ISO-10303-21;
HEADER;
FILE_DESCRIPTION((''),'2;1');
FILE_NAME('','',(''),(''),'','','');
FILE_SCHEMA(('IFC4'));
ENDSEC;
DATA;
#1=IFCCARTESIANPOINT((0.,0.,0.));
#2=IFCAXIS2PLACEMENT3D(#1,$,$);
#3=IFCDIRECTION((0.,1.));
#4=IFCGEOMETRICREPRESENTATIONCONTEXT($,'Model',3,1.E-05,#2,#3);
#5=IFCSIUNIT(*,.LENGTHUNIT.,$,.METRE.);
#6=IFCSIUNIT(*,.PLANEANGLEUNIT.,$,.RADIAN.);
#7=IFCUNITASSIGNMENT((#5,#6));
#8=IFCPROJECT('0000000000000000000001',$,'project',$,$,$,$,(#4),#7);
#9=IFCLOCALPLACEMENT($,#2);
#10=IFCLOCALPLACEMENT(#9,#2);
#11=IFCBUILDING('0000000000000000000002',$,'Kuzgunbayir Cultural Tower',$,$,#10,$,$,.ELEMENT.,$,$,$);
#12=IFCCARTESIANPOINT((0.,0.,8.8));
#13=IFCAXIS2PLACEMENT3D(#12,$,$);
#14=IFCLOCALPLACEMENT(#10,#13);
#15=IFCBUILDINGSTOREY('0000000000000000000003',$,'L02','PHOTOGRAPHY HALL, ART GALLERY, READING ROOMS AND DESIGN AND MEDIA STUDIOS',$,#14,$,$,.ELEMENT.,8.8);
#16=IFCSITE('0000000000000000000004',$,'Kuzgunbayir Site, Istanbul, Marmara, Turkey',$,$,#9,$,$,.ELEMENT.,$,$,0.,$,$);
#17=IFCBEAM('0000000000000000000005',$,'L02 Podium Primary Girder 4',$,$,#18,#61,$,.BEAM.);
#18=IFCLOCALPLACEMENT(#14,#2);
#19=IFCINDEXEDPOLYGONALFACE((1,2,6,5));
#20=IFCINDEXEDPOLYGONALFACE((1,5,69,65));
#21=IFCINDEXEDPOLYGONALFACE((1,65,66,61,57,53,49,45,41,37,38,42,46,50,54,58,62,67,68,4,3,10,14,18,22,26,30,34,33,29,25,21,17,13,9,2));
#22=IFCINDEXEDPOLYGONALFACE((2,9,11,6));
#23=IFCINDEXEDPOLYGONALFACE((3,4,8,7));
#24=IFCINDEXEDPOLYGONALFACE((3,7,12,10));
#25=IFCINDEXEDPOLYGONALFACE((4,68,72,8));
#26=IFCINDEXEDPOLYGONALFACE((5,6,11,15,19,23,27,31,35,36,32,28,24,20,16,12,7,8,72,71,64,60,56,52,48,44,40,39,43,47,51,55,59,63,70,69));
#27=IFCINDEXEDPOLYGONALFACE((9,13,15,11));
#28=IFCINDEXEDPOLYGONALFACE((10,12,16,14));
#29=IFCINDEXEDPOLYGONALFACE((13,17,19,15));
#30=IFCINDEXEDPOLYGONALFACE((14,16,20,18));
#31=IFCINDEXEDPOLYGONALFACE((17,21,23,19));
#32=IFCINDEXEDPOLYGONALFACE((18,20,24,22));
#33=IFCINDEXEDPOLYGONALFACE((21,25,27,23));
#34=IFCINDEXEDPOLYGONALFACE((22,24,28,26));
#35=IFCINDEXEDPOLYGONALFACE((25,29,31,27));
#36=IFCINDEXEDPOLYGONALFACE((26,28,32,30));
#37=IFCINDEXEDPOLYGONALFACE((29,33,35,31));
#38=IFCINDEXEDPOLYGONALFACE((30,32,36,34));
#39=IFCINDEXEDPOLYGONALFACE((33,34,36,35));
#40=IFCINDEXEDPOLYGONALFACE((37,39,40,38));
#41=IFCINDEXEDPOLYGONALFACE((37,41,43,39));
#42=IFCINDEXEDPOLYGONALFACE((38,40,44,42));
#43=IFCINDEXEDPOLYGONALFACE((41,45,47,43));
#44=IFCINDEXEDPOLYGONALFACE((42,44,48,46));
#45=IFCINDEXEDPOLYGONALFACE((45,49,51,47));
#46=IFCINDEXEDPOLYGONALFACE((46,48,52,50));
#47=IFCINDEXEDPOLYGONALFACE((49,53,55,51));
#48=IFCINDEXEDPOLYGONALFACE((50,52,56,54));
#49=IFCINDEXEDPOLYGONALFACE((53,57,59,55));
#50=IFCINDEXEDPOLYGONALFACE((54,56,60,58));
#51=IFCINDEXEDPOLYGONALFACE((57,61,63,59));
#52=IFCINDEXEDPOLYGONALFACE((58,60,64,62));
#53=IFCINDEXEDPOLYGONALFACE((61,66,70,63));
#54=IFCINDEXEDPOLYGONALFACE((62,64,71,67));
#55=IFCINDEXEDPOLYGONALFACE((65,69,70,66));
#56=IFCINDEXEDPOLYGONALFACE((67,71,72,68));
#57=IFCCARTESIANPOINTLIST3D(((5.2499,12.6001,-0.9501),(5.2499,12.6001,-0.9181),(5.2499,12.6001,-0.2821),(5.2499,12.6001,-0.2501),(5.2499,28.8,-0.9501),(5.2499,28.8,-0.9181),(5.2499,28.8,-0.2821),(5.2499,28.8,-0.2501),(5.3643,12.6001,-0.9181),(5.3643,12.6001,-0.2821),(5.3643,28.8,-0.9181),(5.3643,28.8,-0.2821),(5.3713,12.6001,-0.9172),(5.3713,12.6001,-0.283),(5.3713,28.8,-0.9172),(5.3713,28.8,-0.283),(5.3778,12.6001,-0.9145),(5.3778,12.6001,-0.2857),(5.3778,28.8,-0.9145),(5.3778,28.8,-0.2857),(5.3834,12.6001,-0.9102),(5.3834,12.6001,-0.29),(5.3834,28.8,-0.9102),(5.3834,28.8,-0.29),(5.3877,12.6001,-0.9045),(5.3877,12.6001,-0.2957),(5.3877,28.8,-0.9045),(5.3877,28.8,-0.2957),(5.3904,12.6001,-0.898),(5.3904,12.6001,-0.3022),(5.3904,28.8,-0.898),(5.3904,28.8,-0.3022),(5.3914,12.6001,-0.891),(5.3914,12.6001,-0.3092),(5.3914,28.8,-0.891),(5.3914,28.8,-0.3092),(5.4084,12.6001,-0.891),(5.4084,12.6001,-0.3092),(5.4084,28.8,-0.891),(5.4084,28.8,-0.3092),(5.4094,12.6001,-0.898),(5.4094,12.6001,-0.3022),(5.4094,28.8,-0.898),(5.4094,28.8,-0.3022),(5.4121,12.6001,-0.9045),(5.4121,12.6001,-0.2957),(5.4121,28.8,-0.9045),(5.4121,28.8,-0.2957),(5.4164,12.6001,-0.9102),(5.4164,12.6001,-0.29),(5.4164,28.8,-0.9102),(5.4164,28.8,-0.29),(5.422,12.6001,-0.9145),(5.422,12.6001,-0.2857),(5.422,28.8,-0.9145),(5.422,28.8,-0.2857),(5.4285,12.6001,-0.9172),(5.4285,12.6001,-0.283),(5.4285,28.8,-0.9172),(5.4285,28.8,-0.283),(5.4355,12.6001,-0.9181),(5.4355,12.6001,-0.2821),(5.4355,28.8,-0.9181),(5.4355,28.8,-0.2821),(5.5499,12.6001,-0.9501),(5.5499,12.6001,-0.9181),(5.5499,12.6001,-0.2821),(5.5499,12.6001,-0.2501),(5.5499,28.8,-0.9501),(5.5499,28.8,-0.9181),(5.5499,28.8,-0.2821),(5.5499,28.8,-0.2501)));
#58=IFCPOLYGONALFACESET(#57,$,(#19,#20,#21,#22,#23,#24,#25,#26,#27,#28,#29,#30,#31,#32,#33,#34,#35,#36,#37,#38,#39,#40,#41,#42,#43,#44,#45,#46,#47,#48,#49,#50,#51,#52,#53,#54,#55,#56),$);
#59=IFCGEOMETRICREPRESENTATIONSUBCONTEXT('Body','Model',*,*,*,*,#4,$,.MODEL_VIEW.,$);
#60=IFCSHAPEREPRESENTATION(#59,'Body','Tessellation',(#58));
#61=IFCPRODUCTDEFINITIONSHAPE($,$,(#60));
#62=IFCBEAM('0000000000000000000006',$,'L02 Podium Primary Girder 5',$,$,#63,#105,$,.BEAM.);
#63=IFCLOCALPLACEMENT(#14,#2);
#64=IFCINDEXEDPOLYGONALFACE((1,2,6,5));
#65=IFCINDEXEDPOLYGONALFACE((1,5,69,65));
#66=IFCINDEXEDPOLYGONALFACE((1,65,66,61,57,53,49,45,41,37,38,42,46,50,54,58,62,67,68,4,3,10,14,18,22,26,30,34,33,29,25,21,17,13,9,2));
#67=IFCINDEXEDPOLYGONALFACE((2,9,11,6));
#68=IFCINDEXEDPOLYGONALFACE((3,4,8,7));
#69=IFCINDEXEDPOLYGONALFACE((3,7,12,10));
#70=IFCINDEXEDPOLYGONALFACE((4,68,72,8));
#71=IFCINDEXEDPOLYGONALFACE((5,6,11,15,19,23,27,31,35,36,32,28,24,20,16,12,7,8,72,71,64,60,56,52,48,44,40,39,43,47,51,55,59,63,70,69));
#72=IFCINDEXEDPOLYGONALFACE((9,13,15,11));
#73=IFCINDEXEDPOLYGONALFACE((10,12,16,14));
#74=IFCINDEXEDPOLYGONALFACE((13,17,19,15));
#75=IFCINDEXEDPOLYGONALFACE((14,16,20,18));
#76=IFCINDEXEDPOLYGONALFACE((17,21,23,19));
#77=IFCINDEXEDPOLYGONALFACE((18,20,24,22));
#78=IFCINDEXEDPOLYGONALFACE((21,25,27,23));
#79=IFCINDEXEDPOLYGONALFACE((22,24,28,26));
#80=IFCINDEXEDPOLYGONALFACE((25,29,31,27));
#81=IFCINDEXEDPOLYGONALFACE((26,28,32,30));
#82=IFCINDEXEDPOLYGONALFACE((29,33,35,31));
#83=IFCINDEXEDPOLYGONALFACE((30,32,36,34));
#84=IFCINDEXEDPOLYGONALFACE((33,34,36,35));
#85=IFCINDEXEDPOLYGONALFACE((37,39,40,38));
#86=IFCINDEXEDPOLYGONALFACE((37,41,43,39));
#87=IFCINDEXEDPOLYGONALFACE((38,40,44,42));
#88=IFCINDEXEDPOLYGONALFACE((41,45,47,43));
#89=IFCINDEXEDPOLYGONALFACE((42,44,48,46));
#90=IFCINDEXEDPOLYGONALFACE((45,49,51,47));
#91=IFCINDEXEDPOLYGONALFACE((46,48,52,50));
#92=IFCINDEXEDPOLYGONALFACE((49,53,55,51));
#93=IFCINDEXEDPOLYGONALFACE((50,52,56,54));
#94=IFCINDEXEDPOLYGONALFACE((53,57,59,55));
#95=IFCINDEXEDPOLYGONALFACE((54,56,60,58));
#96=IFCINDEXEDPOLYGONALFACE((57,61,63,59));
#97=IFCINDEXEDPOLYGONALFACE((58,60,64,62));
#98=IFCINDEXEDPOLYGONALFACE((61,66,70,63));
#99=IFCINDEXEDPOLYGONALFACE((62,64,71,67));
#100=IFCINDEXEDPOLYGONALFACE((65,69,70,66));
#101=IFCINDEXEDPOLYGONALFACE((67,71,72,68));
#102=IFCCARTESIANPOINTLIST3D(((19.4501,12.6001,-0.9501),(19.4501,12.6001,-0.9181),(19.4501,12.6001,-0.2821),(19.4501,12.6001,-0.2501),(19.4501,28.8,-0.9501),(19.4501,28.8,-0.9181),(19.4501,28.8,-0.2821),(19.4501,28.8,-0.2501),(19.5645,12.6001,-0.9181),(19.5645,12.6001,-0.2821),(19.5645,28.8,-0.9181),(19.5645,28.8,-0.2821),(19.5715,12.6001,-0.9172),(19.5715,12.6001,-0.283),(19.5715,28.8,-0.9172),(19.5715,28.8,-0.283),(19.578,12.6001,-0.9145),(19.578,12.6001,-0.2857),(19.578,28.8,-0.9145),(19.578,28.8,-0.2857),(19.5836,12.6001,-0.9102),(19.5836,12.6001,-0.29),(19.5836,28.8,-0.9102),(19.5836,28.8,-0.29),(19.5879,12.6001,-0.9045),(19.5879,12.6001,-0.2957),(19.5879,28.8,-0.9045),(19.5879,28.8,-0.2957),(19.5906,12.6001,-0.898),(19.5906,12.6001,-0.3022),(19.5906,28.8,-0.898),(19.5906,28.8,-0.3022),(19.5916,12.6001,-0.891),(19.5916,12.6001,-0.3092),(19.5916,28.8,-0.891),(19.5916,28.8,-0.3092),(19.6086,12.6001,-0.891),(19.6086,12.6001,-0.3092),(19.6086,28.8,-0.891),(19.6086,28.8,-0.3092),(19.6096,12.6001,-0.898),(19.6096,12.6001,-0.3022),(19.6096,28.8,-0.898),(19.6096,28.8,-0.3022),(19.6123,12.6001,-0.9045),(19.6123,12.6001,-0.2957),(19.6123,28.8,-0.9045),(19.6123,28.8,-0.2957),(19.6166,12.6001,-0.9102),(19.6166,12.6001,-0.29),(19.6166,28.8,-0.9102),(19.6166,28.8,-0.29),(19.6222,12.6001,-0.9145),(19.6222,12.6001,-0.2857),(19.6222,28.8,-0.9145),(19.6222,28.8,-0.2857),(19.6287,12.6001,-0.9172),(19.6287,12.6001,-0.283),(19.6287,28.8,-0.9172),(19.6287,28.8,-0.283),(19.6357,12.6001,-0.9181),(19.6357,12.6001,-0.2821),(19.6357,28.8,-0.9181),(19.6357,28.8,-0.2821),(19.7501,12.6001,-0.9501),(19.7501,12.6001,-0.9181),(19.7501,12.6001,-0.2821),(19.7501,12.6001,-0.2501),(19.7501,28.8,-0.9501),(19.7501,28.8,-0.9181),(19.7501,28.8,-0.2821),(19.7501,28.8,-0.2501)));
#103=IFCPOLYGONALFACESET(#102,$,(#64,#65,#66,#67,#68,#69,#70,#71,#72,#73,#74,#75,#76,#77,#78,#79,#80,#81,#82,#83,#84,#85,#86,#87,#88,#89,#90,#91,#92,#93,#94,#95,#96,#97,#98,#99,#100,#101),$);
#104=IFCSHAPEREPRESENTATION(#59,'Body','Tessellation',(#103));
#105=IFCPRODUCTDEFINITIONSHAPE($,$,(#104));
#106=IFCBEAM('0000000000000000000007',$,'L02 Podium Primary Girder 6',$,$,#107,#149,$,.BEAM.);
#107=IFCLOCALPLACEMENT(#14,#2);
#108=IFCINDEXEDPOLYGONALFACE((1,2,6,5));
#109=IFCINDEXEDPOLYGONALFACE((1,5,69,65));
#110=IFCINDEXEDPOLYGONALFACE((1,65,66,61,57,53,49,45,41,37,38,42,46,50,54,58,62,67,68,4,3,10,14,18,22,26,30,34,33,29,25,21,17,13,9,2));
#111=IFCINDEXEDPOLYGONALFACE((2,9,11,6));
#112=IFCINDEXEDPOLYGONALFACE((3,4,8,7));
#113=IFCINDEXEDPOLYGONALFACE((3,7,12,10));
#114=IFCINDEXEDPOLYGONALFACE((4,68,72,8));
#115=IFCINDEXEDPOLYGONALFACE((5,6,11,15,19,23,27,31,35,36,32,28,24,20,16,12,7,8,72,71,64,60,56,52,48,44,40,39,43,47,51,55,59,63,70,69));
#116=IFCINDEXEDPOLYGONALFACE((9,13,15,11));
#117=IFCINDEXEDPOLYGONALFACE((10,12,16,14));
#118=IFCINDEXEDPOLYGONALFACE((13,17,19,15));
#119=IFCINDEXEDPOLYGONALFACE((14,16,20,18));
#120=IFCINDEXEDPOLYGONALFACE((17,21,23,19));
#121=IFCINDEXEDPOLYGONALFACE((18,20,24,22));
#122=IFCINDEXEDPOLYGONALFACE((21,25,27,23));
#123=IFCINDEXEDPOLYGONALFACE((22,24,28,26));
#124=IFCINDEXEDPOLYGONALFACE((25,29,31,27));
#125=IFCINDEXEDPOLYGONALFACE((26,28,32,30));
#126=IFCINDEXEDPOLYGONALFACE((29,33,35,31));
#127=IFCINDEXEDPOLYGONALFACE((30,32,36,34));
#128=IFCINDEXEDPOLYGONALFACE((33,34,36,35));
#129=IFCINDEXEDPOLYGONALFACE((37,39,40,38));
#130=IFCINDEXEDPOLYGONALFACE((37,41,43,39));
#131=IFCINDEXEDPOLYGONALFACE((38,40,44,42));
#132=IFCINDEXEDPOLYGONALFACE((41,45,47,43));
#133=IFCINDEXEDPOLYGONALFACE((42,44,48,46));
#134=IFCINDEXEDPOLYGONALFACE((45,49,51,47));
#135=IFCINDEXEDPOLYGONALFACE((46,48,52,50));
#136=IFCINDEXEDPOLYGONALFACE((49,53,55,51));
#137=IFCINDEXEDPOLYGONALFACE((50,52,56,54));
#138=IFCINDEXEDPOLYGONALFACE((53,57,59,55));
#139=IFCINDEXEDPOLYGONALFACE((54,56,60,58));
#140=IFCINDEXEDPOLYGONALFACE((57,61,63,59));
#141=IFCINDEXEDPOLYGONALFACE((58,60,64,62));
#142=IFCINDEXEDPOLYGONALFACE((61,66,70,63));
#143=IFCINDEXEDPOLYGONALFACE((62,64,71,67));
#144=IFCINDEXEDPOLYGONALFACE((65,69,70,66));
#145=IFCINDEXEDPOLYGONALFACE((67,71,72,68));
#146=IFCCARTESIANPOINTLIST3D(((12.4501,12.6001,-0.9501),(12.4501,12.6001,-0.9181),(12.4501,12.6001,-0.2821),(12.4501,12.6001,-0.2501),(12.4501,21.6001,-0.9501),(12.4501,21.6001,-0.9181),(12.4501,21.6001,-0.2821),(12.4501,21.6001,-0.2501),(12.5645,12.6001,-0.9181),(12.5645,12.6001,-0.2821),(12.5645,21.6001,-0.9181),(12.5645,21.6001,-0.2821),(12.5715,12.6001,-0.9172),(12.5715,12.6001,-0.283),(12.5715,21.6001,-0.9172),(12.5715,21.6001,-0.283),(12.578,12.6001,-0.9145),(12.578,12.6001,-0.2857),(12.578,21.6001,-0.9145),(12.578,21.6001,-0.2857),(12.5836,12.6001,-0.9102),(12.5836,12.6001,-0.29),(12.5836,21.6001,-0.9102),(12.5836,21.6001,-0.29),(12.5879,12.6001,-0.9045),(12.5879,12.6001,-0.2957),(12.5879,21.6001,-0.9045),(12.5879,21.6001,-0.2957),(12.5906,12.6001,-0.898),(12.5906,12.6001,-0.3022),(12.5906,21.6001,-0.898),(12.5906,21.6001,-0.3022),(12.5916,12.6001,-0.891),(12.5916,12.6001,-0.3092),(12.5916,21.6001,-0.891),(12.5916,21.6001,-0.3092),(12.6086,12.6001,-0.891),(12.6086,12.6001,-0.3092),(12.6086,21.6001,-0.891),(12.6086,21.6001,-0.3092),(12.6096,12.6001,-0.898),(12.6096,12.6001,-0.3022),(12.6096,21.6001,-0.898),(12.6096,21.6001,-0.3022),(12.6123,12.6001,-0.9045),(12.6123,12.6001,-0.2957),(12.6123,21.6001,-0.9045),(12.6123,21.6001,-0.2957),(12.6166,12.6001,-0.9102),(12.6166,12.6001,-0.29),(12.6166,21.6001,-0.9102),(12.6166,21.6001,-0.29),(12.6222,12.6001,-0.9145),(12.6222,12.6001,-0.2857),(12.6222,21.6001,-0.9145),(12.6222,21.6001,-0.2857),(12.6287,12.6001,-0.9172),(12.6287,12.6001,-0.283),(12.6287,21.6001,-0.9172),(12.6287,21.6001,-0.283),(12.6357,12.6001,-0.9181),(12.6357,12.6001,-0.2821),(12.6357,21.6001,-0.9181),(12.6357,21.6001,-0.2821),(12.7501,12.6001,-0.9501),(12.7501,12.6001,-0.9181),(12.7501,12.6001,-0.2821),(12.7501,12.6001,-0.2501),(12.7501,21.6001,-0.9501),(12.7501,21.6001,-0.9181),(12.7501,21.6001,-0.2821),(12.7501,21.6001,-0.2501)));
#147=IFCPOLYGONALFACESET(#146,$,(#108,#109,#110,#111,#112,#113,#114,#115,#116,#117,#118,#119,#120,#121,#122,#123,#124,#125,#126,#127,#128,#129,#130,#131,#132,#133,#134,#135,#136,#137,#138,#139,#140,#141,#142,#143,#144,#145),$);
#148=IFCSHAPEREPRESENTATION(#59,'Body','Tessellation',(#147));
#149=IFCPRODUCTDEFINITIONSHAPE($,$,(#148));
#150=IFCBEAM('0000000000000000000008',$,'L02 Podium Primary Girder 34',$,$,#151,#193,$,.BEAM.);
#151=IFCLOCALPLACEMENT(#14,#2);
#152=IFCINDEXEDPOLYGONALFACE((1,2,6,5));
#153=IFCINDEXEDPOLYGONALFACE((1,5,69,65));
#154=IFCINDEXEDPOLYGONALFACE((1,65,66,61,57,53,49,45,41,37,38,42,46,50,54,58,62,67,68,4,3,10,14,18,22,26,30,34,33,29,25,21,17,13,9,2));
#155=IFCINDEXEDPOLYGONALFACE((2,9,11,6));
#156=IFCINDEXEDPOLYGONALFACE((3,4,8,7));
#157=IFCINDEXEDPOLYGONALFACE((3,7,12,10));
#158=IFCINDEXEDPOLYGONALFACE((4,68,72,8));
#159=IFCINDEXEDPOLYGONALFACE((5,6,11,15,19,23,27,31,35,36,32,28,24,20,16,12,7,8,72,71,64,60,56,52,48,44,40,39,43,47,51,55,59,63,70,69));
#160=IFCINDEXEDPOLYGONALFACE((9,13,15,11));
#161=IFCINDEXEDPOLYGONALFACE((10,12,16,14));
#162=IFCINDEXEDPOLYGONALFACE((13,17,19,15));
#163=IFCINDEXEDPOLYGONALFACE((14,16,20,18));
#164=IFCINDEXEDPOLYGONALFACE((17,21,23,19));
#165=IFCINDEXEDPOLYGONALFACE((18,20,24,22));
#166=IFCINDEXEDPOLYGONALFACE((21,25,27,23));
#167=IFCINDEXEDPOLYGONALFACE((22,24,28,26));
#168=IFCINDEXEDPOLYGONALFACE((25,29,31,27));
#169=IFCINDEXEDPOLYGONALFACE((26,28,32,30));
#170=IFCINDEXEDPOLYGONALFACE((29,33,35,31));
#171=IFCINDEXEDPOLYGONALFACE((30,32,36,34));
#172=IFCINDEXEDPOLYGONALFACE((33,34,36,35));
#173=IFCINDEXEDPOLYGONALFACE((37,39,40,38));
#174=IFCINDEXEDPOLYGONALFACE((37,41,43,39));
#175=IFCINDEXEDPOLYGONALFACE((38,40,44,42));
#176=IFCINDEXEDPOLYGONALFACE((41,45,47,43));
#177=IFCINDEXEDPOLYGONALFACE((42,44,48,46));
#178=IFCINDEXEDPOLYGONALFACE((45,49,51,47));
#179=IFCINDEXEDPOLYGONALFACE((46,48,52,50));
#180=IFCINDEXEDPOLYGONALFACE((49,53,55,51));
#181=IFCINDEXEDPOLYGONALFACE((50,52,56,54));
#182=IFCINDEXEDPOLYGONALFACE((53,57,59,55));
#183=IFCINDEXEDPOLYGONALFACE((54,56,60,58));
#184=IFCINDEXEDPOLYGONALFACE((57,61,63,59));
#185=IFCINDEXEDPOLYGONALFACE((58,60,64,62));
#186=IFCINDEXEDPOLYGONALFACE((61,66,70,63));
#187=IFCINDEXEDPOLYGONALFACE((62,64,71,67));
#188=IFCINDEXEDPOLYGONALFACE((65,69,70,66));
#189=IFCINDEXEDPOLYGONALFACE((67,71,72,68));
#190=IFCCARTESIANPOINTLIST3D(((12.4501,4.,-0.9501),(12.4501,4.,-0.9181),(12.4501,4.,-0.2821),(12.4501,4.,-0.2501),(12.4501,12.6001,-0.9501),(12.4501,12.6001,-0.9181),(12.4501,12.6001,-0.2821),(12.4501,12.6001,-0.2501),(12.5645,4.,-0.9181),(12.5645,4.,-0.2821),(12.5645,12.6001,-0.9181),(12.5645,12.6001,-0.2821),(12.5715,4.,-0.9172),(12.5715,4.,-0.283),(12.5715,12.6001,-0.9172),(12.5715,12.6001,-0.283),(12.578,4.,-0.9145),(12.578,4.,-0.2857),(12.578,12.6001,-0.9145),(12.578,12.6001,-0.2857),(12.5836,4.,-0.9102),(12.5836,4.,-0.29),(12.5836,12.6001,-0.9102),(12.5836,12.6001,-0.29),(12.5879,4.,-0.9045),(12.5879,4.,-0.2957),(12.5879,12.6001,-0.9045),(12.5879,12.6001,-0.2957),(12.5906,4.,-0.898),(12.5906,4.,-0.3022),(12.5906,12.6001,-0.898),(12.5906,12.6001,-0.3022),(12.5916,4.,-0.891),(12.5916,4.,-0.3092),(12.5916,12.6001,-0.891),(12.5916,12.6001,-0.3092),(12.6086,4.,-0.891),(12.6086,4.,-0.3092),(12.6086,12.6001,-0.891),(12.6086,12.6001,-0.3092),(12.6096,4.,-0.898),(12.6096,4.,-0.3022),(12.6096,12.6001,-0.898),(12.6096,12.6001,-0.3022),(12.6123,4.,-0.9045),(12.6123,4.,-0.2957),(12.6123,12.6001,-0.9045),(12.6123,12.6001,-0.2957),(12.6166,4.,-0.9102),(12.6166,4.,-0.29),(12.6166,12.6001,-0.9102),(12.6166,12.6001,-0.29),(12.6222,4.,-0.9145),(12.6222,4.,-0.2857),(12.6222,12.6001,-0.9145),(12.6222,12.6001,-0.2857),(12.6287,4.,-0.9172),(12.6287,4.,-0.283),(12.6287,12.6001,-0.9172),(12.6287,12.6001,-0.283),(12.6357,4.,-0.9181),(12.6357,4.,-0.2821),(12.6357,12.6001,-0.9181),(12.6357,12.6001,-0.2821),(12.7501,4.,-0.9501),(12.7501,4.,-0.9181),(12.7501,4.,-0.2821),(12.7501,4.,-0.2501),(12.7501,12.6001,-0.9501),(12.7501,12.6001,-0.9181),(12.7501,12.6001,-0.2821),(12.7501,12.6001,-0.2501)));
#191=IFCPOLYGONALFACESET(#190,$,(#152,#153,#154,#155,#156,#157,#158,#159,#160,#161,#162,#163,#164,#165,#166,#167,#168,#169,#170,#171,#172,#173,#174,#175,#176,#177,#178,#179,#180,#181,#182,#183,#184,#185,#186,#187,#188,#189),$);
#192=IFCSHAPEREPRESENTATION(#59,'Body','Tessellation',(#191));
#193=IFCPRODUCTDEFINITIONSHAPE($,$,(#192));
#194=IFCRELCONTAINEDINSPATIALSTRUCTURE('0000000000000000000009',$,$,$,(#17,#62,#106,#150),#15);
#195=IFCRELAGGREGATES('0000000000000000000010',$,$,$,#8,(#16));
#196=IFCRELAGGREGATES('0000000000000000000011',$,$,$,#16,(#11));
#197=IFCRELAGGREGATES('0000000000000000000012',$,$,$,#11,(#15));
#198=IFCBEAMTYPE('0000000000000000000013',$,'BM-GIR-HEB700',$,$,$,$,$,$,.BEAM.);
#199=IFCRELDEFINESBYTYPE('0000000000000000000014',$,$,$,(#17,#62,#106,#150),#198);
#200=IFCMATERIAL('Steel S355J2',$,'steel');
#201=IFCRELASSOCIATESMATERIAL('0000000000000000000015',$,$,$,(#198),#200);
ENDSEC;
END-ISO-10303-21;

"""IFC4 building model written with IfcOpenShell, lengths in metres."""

from ifc_helpers import new_model, si_unit, direction, frame, origin, origin_2d, place, context, subcontext, project, spatial, i_section, extrude, material, material_profile, profile_set, type_object, element, save


model = new_model("IFC4")

# Units and contexts
model_context = context("Model", 3, precision=1e-05, world=origin(), true_north=direction((0.0, 1.0)))
body_context = subcontext(model_context, "Body", "Model", "MODEL_VIEW")
ifc_project = project(units=[si_unit("LENGTHUNIT", "METRE"), si_unit("PLANEANGLEUNIT", "RADIAN")], contexts=[model_context])

# Site, building, storey
site_placement = place(None, origin())
site = spatial("IfcSite", under=ifc_project, at=site_placement, Name="Kuzgunbayir Site, Istanbul, Marmara, Turkey", CompositionType="ELEMENT", RefElevation=0.0)
building_placement = place(site_placement, origin())
building = spatial("IfcBuilding", under=site, at=building_placement, Name="Kuzgunbayir Cultural Tower", CompositionType="ELEMENT")
storey_placement = place(building_placement, frame((0.0, 0.0, 8.8)))
storey = spatial("IfcBuildingStorey", under=building, at=storey_placement, Name="L02", Description="PHOTOGRAPHY HALL, ART GALLERY, READING ROOMS AND DESIGN AND MEDIA STUDIOS", CompositionType="ELEMENT", Elevation=8.8)

# Beams
ifc_material_1 = material(Name="Steel S355J2", Category="steel")
ifc_material_profile_1 = material_profile(ifc_material_1, i_section(OverallWidth=0.3, OverallDepth=0.7, WebThickness=0.0171, FlangeThickness=0.032, FilletRadius=0.0271, at=origin_2d()), Name="HEB 700")
ifc_profile_set_1 = profile_set([ifc_material_profile_1], Name="Steel S355J2")
beam_type_1 = type_object("IfcBeamType", Name="BM-GIR-HEB700", PredefinedType="BEAM", material=ifc_profile_set_1)
for number, where, z_axis, x_axis, name in (
    (1, (5.3999, 12.6001, -0.6001), (0.0, 1.0, 0.0), (-1.0, 0.0, 0.0), "L02 Podium Primary Girder 4"),
    (2, (19.6001, 12.6001, -0.6001), (0.0, 1.0, 0.0), (-1.0, 0.0, 0.0), "L02 Podium Primary Girder 5"),
):
    element("IfcBeam", number, at=place(storey_placement, frame(where, z_axis=z_axis, x_axis=x_axis)), inside=storey, type_object=beam_type_1, Name=name, PredefinedType="BEAM", context=body_context, shape_type="SweptSolid", body=[
        extrude(i_section(OverallWidth=0.3, OverallDepth=0.7, WebThickness=0.0171, FlangeThickness=0.032, FilletRadius=0.0271, at=origin_2d()), origin(), (0.0, 0.0, 1.0), 16.2),
    ])
beam_1_placement = place(storey_placement, frame((12.6001, 12.6001, -0.6001), z_axis=(0.0, 1.0, 0.0), x_axis=(-1.0, 0.0, 0.0)))
element("IfcBeam", 3, at=beam_1_placement, inside=storey, type_object=beam_type_1, Name="L02 Podium Primary Girder 6", PredefinedType="BEAM", context=body_context, shape_type="SweptSolid", body=[
    extrude(i_section(OverallWidth=0.3, OverallDepth=0.7, WebThickness=0.0171, FlangeThickness=0.032, FilletRadius=0.0271, at=origin_2d()), origin(), (0.0, 0.0, 1.0), 9.0),
])
for number, where, z_axis, x_axis, name in (
    (4, (12.6001, 4.0, -0.6001), (0.0, 1.0, 0.0), (-1.0, 0.0, 0.0), "L02 Podium Primary Girder 34"),
):
    element("IfcBeam", number, at=place(storey_placement, frame(where, z_axis=z_axis, x_axis=x_axis)), inside=storey, type_object=beam_type_1, Name=name, PredefinedType="BEAM", context=body_context, shape_type="SweptSolid", body=[
        extrude(i_section(OverallWidth=0.3, OverallDepth=0.7, WebThickness=0.0171, FlangeThickness=0.032, FilletRadius=0.0271, at=origin_2d()), origin(), (0.0, 0.0, 1.0), 8.6001),
    ])

save(model, "model.ifc")
